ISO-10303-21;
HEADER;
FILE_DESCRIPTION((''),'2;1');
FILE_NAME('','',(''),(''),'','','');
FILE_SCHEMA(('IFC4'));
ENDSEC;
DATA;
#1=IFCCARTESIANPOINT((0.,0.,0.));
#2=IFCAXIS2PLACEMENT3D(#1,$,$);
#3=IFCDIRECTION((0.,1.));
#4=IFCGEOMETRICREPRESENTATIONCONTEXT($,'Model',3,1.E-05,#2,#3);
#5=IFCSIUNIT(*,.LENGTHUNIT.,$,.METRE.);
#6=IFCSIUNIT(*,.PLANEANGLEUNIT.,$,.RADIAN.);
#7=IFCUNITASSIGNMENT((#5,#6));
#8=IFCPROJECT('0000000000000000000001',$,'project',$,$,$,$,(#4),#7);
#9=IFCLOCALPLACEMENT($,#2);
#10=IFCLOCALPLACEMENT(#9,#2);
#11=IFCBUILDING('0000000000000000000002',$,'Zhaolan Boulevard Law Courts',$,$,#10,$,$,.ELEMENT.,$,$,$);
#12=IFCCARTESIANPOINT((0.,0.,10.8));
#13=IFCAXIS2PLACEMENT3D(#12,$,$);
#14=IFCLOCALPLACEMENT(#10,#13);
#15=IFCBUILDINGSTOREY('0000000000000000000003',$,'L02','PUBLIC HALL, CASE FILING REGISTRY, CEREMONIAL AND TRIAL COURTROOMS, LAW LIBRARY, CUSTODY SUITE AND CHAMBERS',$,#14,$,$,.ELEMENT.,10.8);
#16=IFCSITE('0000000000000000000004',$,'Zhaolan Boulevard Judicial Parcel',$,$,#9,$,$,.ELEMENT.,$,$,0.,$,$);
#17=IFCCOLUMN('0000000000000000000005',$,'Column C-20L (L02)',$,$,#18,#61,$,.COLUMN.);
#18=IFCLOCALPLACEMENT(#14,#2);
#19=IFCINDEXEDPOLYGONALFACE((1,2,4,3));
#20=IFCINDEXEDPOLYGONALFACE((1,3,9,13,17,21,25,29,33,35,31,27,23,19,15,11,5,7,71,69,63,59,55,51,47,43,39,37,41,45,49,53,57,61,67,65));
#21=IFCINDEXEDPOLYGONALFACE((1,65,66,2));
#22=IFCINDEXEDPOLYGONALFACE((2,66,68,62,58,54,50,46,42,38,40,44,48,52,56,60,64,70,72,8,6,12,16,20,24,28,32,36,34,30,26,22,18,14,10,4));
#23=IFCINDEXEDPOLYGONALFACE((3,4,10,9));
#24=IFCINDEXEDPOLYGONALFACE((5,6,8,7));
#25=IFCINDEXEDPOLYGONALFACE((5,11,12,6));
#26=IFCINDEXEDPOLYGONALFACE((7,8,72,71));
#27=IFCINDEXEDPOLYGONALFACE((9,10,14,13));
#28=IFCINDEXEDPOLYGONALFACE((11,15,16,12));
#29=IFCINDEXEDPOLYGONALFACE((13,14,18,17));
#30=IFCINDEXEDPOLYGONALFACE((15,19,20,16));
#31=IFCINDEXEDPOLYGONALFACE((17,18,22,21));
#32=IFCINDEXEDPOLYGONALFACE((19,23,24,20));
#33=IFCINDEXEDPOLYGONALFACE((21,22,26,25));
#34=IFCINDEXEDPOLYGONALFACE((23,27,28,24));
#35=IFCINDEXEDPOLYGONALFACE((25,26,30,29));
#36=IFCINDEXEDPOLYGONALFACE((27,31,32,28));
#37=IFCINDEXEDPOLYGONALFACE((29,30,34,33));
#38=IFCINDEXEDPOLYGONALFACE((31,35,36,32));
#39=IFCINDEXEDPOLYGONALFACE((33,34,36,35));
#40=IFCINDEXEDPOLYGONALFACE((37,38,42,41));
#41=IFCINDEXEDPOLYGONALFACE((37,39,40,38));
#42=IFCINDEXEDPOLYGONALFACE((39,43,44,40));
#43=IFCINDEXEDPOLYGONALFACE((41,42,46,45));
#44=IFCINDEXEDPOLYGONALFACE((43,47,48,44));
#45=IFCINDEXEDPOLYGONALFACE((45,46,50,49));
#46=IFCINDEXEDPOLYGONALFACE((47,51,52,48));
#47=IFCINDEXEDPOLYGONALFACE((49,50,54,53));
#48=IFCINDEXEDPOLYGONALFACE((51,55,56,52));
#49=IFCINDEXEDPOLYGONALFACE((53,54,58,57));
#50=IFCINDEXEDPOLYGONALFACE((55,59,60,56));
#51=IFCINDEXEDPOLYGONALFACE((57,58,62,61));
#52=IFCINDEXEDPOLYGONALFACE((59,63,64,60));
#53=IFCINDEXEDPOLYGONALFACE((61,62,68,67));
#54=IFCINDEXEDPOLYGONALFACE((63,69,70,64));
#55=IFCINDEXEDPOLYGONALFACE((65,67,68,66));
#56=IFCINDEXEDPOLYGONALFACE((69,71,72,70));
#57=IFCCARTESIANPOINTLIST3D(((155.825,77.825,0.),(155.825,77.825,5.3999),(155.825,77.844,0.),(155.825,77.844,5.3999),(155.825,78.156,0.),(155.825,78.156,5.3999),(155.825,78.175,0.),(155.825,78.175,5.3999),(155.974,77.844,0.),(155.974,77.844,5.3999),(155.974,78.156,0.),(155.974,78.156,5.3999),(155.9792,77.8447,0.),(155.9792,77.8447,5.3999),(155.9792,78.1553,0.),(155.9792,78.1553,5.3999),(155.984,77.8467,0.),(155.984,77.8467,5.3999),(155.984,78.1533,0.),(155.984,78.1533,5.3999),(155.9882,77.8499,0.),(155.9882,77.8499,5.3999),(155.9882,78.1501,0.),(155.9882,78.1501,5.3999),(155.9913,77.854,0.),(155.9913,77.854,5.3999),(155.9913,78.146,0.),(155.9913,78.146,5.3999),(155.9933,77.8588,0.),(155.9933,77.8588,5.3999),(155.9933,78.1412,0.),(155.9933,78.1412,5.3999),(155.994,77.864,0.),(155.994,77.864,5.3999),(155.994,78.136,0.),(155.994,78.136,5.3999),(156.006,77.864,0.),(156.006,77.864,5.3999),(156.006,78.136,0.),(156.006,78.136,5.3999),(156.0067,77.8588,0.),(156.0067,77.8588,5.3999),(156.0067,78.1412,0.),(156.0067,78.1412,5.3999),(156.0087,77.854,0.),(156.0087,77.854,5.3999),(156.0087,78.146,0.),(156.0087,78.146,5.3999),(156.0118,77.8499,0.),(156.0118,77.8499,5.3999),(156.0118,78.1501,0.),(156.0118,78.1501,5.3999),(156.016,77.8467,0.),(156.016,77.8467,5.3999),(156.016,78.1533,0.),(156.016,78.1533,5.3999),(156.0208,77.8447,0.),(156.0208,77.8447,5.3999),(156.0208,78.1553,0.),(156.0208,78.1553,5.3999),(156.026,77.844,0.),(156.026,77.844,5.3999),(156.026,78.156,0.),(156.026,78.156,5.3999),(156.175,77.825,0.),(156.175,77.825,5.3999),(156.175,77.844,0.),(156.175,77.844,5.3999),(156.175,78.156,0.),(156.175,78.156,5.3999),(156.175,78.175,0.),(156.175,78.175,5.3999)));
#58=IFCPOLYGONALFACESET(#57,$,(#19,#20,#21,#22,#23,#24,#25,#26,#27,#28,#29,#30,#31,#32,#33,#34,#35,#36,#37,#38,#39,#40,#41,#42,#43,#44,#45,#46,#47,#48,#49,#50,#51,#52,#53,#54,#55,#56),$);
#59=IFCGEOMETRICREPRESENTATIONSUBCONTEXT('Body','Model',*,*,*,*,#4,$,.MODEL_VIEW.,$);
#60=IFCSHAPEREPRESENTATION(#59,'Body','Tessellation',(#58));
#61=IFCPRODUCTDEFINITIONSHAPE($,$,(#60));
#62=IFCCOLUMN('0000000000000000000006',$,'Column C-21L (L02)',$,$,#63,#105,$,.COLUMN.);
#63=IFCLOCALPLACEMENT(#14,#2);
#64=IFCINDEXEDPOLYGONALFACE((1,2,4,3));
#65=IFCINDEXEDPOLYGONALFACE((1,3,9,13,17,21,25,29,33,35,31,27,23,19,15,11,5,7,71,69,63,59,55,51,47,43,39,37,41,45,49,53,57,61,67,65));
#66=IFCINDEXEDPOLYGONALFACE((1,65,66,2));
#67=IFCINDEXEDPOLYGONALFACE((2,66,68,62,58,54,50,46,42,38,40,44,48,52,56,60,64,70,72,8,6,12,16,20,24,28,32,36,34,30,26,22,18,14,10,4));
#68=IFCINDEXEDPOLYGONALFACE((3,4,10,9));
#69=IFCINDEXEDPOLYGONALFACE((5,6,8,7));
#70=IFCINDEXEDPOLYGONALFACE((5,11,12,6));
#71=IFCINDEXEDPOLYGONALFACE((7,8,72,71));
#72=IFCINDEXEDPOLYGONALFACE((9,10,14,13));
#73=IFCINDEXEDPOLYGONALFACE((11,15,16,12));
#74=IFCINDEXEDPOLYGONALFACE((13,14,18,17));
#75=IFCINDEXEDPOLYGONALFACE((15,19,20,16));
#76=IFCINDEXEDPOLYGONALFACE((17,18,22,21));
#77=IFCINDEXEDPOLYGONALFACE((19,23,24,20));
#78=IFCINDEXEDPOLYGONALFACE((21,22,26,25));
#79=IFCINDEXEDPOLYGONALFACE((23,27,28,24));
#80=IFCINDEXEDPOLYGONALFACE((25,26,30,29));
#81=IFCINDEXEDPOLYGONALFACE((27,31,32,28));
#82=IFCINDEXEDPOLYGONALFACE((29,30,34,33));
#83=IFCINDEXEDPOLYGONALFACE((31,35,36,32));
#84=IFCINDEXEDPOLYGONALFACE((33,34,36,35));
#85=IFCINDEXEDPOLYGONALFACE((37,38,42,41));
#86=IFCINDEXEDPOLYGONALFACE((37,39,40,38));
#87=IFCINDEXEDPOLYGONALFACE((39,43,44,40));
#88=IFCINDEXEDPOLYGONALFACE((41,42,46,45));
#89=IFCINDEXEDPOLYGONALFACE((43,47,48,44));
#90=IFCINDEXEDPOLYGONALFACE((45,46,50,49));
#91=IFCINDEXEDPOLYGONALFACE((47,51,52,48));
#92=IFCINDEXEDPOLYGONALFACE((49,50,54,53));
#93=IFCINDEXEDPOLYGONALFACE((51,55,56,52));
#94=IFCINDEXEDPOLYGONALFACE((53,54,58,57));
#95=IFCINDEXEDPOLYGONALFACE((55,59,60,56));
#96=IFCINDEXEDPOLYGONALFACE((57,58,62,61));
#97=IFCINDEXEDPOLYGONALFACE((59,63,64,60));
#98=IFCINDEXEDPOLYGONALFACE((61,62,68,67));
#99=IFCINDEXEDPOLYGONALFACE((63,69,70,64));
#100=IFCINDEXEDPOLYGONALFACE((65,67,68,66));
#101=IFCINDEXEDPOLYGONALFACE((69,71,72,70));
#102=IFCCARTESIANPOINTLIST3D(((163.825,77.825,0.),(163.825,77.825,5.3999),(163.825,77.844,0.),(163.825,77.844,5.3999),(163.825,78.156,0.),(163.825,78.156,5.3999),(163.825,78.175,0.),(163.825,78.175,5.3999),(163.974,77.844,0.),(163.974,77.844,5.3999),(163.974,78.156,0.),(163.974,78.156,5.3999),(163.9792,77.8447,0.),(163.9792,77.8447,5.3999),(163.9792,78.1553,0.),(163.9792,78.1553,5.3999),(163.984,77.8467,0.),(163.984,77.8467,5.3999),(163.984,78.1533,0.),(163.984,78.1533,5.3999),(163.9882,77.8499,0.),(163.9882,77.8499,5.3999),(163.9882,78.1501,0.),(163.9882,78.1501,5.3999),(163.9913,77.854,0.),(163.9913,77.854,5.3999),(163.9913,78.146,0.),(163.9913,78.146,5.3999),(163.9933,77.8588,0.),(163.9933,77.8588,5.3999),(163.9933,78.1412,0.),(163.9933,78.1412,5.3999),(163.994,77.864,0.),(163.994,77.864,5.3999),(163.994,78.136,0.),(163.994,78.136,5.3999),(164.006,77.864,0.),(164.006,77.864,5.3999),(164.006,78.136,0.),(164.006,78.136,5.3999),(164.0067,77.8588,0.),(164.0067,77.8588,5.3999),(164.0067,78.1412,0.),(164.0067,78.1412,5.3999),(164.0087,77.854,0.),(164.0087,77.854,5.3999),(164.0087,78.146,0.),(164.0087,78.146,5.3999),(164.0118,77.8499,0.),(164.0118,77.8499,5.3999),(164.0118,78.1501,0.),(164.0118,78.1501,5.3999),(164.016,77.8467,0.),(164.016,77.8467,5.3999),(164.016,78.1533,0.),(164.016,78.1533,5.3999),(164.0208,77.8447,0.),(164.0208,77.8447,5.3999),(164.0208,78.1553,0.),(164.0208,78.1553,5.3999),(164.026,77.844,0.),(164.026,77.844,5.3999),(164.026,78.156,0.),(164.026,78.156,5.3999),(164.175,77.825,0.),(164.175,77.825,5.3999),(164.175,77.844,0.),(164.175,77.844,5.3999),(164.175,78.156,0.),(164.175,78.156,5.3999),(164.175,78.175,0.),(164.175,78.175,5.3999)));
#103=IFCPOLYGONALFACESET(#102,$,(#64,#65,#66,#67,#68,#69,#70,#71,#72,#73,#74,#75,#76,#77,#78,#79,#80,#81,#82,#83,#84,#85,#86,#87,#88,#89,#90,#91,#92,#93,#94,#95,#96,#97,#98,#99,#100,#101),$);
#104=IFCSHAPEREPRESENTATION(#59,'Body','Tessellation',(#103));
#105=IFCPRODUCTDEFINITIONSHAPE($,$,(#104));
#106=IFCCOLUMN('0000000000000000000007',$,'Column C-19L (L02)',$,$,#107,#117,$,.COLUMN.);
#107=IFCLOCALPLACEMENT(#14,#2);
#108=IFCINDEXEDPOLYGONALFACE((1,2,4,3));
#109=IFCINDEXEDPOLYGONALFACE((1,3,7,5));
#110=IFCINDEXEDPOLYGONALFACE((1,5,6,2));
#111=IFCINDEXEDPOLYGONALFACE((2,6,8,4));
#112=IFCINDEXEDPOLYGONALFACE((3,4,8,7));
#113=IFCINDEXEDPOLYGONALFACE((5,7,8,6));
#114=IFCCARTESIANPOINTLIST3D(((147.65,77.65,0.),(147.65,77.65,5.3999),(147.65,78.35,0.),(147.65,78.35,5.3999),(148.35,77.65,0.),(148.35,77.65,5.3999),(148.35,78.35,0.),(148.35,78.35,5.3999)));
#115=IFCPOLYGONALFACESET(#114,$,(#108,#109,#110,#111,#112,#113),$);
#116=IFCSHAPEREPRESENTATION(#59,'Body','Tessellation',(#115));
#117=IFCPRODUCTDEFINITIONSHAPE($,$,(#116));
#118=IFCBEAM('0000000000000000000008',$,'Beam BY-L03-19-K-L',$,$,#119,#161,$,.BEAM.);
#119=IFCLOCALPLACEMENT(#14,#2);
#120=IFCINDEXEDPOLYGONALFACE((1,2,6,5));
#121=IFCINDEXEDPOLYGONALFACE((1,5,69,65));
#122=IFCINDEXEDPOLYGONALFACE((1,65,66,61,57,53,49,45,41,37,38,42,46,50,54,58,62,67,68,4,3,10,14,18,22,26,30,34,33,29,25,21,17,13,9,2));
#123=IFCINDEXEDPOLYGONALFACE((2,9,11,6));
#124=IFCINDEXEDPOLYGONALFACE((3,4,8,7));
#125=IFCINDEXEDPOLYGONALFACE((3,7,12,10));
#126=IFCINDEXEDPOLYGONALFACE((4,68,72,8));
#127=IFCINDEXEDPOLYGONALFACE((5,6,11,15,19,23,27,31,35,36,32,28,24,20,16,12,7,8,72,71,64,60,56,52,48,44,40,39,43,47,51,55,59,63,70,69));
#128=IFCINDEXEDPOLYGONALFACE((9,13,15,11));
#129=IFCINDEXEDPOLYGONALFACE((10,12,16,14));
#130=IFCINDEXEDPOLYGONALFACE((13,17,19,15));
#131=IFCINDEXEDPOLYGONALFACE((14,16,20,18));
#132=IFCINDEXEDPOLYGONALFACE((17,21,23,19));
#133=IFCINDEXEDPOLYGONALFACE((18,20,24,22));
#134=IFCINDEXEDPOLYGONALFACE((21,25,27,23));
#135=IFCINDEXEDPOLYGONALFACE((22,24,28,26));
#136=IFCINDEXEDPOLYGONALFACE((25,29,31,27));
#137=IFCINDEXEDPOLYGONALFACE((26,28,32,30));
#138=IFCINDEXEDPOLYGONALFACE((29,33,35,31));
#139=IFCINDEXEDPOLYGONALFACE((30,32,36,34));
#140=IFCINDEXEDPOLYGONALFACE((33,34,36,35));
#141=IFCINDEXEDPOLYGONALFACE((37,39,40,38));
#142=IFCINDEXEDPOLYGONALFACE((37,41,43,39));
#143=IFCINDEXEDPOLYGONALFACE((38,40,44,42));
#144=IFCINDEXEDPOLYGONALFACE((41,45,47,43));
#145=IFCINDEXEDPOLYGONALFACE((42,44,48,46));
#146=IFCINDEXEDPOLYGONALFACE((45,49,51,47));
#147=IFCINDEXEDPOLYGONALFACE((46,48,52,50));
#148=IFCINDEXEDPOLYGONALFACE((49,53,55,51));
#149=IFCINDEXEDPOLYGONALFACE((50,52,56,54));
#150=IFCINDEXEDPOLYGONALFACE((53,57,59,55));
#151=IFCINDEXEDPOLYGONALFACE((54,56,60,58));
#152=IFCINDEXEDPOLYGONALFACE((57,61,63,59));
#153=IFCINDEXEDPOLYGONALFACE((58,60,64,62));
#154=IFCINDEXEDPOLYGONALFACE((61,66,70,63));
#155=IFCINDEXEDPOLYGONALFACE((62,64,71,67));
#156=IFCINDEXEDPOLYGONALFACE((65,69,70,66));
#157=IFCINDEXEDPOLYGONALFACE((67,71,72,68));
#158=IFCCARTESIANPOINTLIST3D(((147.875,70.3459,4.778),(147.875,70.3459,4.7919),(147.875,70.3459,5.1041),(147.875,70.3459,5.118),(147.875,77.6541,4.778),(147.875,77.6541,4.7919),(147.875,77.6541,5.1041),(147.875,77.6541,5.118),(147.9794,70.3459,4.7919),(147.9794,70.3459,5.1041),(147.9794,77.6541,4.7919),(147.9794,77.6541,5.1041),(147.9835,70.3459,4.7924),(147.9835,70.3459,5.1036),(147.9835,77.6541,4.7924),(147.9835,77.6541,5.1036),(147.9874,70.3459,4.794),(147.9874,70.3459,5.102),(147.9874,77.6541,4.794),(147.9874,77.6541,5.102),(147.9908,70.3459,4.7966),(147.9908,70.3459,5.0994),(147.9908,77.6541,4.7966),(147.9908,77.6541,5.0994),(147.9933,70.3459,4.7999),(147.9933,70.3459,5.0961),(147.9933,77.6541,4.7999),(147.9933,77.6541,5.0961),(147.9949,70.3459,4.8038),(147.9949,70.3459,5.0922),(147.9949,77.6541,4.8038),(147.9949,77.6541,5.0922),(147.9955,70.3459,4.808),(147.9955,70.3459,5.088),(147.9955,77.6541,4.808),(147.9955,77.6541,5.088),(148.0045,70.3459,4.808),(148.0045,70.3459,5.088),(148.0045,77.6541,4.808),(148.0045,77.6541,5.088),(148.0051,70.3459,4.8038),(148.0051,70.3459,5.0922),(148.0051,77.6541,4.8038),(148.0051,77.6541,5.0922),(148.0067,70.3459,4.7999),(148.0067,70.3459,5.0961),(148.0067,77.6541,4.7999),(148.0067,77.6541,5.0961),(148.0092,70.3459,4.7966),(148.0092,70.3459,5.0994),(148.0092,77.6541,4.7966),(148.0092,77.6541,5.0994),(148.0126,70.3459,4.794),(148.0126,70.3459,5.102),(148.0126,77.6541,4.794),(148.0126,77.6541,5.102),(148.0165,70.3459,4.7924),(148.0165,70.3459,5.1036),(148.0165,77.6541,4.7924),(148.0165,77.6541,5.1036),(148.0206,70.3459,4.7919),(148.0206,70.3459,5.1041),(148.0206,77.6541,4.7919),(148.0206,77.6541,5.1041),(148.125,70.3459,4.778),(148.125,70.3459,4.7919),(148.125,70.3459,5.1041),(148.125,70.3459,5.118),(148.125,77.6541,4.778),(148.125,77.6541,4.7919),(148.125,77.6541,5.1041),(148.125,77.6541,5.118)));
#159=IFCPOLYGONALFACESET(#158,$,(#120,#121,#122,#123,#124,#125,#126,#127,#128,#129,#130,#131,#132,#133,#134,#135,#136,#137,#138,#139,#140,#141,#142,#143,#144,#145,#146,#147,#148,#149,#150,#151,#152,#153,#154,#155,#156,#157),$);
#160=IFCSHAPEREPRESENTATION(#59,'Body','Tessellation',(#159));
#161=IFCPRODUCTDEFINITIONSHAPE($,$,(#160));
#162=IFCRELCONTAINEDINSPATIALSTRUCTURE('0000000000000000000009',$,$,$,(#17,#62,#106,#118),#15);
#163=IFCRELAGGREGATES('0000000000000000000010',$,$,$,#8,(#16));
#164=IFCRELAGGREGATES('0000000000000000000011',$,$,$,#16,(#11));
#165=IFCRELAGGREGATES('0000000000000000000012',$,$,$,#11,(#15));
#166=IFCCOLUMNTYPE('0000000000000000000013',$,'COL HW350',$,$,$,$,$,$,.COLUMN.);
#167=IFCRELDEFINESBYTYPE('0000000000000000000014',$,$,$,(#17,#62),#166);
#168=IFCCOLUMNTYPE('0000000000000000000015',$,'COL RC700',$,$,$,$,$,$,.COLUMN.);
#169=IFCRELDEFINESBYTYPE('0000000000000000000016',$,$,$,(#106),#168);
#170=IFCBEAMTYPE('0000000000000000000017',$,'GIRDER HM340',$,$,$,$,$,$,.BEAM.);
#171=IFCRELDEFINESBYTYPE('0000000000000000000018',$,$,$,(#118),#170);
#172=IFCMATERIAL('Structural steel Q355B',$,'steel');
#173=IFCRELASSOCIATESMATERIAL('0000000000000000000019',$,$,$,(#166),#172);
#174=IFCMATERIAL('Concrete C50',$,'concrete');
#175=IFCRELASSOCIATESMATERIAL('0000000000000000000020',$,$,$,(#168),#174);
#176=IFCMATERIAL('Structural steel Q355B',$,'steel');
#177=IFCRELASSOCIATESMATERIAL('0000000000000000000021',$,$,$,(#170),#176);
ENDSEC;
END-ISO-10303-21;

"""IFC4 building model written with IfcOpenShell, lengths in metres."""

from ifc_helpers import new_model, si_unit, direction, frame, origin, origin_2d, place, context, subcontext, project, spatial, rectangle, i_section, extrude, material, material_profile, profile_set, type_object, element, save


model = new_model("IFC4")

# Units and contexts
model_context = context("Model", 3, precision=1e-05, world=origin(), true_north=direction((0.0, 1.0)))
body_context = subcontext(model_context, "Body", "Model", "MODEL_VIEW")
ifc_project = project(units=[si_unit("LENGTHUNIT", "METRE"), si_unit("PLANEANGLEUNIT", "RADIAN")], contexts=[model_context])

# Site, building, storey
site_placement = place(None, origin())
site = spatial("IfcSite", under=ifc_project, at=site_placement, Name="Zhaolan Boulevard Judicial Parcel", CompositionType="ELEMENT", RefElevation=0.0)
building_placement = place(site_placement, origin())
building = spatial("IfcBuilding", under=site, at=building_placement, Name="Zhaolan Boulevard Law Courts", CompositionType="ELEMENT")
storey_placement = place(building_placement, frame((0.0, 0.0, 10.8)))
storey = spatial("IfcBuildingStorey", under=building, at=storey_placement, Name="L02", Description="PUBLIC HALL, CASE FILING REGISTRY, CEREMONIAL AND TRIAL COURTROOMS, LAW LIBRARY, CUSTODY SUITE AND CHAMBERS", CompositionType="ELEMENT", Elevation=10.8)

# Columns
ifc_material_1 = material(Name="Structural steel Q355B", Category="steel")
ifc_material_profile_1 = material_profile(ifc_material_1, i_section(OverallWidth=0.3501, OverallDepth=0.3501, WebThickness=0.012, FlangeThickness=0.019, FilletRadius=0.02, at=origin_2d()), Name="HW350x350")
ifc_profile_set_1 = profile_set([ifc_material_profile_1], Name="Structural steel Q355B")
column_type_1 = type_object("IfcColumnType", Name="COL HW350", PredefinedType="COLUMN", material=ifc_profile_set_1)
for number, where, z_axis, x_axis, name in (
    (1, (156.0, 78.0, 0.0), (0.0, 0.0, 1.0), (1.0, 0.0, 0.0), "Column C-20L (L02)"),
    (2, (164.0, 78.0, 0.0), (0.0, 0.0, 1.0), (1.0, 0.0, 0.0), "Column C-21L (L02)"),
):
    element("IfcColumn", number, at=place(storey_placement, frame(where, z_axis=z_axis, x_axis=x_axis)), inside=storey, type_object=column_type_1, Name=name, PredefinedType="COLUMN", context=body_context, shape_type="SweptSolid", body=[
        extrude(i_section(OverallWidth=0.3501, OverallDepth=0.3501, WebThickness=0.012, FlangeThickness=0.019, FilletRadius=0.02, at=origin_2d()), origin(), (0.0, 0.0, 1.0), 5.3999),
    ])
ifc_material_2 = material(Name="Concrete C50", Category="concrete")
ifc_material_profile_2 = material_profile(ifc_material_2, rectangle(XDim=0.7, YDim=0.7, at=origin_2d()), Name="RC700x700")
ifc_profile_set_2 = profile_set([ifc_material_profile_2], Name="Concrete C50")
column_type_2 = type_object("IfcColumnType", Name="COL RC700", PredefinedType="COLUMN", material=ifc_profile_set_2)
column_placement = place(storey_placement, frame((148.0, 78.0, 0.0), z_axis=(0.0, 0.0, 1.0), x_axis=(1.0, 0.0, 0.0)))
element("IfcColumn", 3, at=column_placement, inside=storey, type_object=column_type_2, Name="Column C-19L (L02)", PredefinedType="COLUMN", context=body_context, shape_type="SweptSolid", body=[
    extrude(rectangle(XDim=0.7, YDim=0.7, at=origin_2d()), origin(), (0.0, 0.0, 1.0), 5.3999),
])

# Beam
ifc_material_3 = material(Name="Structural steel Q355B", Category="steel")
ifc_material_profile_3 = material_profile(ifc_material_3, i_section(OverallWidth=0.25, OverallDepth=0.3401, WebThickness=0.009, FlangeThickness=0.0139, FilletRadius=0.0161, at=origin_2d()), Name="HM340x250")
ifc_profile_set_3 = profile_set([ifc_material_profile_3], Name="Structural steel Q355B")
beam_type_1 = type_object("IfcBeamType", Name="GIRDER HM340", PredefinedType="BEAM", material=ifc_profile_set_3)
beam_1_placement = place(storey_placement, frame((148.0, 70.3459, 4.948), z_axis=(0.0, 1.0, 0.0), x_axis=(-1.0, 0.0, 0.0)))
element("IfcBeam", 4, at=beam_1_placement, inside=storey, type_object=beam_type_1, Name="Beam BY-L03-19-K-L", PredefinedType="BEAM", context=body_context, shape_type="SweptSolid", body=[
    extrude(i_section(OverallWidth=0.25, OverallDepth=0.3401, WebThickness=0.009, FlangeThickness=0.0139, FilletRadius=0.0161, at=origin_2d()), origin(), (0.0, 0.0, 1.0), 7.3081),
])

save(model, "model.ifc")
